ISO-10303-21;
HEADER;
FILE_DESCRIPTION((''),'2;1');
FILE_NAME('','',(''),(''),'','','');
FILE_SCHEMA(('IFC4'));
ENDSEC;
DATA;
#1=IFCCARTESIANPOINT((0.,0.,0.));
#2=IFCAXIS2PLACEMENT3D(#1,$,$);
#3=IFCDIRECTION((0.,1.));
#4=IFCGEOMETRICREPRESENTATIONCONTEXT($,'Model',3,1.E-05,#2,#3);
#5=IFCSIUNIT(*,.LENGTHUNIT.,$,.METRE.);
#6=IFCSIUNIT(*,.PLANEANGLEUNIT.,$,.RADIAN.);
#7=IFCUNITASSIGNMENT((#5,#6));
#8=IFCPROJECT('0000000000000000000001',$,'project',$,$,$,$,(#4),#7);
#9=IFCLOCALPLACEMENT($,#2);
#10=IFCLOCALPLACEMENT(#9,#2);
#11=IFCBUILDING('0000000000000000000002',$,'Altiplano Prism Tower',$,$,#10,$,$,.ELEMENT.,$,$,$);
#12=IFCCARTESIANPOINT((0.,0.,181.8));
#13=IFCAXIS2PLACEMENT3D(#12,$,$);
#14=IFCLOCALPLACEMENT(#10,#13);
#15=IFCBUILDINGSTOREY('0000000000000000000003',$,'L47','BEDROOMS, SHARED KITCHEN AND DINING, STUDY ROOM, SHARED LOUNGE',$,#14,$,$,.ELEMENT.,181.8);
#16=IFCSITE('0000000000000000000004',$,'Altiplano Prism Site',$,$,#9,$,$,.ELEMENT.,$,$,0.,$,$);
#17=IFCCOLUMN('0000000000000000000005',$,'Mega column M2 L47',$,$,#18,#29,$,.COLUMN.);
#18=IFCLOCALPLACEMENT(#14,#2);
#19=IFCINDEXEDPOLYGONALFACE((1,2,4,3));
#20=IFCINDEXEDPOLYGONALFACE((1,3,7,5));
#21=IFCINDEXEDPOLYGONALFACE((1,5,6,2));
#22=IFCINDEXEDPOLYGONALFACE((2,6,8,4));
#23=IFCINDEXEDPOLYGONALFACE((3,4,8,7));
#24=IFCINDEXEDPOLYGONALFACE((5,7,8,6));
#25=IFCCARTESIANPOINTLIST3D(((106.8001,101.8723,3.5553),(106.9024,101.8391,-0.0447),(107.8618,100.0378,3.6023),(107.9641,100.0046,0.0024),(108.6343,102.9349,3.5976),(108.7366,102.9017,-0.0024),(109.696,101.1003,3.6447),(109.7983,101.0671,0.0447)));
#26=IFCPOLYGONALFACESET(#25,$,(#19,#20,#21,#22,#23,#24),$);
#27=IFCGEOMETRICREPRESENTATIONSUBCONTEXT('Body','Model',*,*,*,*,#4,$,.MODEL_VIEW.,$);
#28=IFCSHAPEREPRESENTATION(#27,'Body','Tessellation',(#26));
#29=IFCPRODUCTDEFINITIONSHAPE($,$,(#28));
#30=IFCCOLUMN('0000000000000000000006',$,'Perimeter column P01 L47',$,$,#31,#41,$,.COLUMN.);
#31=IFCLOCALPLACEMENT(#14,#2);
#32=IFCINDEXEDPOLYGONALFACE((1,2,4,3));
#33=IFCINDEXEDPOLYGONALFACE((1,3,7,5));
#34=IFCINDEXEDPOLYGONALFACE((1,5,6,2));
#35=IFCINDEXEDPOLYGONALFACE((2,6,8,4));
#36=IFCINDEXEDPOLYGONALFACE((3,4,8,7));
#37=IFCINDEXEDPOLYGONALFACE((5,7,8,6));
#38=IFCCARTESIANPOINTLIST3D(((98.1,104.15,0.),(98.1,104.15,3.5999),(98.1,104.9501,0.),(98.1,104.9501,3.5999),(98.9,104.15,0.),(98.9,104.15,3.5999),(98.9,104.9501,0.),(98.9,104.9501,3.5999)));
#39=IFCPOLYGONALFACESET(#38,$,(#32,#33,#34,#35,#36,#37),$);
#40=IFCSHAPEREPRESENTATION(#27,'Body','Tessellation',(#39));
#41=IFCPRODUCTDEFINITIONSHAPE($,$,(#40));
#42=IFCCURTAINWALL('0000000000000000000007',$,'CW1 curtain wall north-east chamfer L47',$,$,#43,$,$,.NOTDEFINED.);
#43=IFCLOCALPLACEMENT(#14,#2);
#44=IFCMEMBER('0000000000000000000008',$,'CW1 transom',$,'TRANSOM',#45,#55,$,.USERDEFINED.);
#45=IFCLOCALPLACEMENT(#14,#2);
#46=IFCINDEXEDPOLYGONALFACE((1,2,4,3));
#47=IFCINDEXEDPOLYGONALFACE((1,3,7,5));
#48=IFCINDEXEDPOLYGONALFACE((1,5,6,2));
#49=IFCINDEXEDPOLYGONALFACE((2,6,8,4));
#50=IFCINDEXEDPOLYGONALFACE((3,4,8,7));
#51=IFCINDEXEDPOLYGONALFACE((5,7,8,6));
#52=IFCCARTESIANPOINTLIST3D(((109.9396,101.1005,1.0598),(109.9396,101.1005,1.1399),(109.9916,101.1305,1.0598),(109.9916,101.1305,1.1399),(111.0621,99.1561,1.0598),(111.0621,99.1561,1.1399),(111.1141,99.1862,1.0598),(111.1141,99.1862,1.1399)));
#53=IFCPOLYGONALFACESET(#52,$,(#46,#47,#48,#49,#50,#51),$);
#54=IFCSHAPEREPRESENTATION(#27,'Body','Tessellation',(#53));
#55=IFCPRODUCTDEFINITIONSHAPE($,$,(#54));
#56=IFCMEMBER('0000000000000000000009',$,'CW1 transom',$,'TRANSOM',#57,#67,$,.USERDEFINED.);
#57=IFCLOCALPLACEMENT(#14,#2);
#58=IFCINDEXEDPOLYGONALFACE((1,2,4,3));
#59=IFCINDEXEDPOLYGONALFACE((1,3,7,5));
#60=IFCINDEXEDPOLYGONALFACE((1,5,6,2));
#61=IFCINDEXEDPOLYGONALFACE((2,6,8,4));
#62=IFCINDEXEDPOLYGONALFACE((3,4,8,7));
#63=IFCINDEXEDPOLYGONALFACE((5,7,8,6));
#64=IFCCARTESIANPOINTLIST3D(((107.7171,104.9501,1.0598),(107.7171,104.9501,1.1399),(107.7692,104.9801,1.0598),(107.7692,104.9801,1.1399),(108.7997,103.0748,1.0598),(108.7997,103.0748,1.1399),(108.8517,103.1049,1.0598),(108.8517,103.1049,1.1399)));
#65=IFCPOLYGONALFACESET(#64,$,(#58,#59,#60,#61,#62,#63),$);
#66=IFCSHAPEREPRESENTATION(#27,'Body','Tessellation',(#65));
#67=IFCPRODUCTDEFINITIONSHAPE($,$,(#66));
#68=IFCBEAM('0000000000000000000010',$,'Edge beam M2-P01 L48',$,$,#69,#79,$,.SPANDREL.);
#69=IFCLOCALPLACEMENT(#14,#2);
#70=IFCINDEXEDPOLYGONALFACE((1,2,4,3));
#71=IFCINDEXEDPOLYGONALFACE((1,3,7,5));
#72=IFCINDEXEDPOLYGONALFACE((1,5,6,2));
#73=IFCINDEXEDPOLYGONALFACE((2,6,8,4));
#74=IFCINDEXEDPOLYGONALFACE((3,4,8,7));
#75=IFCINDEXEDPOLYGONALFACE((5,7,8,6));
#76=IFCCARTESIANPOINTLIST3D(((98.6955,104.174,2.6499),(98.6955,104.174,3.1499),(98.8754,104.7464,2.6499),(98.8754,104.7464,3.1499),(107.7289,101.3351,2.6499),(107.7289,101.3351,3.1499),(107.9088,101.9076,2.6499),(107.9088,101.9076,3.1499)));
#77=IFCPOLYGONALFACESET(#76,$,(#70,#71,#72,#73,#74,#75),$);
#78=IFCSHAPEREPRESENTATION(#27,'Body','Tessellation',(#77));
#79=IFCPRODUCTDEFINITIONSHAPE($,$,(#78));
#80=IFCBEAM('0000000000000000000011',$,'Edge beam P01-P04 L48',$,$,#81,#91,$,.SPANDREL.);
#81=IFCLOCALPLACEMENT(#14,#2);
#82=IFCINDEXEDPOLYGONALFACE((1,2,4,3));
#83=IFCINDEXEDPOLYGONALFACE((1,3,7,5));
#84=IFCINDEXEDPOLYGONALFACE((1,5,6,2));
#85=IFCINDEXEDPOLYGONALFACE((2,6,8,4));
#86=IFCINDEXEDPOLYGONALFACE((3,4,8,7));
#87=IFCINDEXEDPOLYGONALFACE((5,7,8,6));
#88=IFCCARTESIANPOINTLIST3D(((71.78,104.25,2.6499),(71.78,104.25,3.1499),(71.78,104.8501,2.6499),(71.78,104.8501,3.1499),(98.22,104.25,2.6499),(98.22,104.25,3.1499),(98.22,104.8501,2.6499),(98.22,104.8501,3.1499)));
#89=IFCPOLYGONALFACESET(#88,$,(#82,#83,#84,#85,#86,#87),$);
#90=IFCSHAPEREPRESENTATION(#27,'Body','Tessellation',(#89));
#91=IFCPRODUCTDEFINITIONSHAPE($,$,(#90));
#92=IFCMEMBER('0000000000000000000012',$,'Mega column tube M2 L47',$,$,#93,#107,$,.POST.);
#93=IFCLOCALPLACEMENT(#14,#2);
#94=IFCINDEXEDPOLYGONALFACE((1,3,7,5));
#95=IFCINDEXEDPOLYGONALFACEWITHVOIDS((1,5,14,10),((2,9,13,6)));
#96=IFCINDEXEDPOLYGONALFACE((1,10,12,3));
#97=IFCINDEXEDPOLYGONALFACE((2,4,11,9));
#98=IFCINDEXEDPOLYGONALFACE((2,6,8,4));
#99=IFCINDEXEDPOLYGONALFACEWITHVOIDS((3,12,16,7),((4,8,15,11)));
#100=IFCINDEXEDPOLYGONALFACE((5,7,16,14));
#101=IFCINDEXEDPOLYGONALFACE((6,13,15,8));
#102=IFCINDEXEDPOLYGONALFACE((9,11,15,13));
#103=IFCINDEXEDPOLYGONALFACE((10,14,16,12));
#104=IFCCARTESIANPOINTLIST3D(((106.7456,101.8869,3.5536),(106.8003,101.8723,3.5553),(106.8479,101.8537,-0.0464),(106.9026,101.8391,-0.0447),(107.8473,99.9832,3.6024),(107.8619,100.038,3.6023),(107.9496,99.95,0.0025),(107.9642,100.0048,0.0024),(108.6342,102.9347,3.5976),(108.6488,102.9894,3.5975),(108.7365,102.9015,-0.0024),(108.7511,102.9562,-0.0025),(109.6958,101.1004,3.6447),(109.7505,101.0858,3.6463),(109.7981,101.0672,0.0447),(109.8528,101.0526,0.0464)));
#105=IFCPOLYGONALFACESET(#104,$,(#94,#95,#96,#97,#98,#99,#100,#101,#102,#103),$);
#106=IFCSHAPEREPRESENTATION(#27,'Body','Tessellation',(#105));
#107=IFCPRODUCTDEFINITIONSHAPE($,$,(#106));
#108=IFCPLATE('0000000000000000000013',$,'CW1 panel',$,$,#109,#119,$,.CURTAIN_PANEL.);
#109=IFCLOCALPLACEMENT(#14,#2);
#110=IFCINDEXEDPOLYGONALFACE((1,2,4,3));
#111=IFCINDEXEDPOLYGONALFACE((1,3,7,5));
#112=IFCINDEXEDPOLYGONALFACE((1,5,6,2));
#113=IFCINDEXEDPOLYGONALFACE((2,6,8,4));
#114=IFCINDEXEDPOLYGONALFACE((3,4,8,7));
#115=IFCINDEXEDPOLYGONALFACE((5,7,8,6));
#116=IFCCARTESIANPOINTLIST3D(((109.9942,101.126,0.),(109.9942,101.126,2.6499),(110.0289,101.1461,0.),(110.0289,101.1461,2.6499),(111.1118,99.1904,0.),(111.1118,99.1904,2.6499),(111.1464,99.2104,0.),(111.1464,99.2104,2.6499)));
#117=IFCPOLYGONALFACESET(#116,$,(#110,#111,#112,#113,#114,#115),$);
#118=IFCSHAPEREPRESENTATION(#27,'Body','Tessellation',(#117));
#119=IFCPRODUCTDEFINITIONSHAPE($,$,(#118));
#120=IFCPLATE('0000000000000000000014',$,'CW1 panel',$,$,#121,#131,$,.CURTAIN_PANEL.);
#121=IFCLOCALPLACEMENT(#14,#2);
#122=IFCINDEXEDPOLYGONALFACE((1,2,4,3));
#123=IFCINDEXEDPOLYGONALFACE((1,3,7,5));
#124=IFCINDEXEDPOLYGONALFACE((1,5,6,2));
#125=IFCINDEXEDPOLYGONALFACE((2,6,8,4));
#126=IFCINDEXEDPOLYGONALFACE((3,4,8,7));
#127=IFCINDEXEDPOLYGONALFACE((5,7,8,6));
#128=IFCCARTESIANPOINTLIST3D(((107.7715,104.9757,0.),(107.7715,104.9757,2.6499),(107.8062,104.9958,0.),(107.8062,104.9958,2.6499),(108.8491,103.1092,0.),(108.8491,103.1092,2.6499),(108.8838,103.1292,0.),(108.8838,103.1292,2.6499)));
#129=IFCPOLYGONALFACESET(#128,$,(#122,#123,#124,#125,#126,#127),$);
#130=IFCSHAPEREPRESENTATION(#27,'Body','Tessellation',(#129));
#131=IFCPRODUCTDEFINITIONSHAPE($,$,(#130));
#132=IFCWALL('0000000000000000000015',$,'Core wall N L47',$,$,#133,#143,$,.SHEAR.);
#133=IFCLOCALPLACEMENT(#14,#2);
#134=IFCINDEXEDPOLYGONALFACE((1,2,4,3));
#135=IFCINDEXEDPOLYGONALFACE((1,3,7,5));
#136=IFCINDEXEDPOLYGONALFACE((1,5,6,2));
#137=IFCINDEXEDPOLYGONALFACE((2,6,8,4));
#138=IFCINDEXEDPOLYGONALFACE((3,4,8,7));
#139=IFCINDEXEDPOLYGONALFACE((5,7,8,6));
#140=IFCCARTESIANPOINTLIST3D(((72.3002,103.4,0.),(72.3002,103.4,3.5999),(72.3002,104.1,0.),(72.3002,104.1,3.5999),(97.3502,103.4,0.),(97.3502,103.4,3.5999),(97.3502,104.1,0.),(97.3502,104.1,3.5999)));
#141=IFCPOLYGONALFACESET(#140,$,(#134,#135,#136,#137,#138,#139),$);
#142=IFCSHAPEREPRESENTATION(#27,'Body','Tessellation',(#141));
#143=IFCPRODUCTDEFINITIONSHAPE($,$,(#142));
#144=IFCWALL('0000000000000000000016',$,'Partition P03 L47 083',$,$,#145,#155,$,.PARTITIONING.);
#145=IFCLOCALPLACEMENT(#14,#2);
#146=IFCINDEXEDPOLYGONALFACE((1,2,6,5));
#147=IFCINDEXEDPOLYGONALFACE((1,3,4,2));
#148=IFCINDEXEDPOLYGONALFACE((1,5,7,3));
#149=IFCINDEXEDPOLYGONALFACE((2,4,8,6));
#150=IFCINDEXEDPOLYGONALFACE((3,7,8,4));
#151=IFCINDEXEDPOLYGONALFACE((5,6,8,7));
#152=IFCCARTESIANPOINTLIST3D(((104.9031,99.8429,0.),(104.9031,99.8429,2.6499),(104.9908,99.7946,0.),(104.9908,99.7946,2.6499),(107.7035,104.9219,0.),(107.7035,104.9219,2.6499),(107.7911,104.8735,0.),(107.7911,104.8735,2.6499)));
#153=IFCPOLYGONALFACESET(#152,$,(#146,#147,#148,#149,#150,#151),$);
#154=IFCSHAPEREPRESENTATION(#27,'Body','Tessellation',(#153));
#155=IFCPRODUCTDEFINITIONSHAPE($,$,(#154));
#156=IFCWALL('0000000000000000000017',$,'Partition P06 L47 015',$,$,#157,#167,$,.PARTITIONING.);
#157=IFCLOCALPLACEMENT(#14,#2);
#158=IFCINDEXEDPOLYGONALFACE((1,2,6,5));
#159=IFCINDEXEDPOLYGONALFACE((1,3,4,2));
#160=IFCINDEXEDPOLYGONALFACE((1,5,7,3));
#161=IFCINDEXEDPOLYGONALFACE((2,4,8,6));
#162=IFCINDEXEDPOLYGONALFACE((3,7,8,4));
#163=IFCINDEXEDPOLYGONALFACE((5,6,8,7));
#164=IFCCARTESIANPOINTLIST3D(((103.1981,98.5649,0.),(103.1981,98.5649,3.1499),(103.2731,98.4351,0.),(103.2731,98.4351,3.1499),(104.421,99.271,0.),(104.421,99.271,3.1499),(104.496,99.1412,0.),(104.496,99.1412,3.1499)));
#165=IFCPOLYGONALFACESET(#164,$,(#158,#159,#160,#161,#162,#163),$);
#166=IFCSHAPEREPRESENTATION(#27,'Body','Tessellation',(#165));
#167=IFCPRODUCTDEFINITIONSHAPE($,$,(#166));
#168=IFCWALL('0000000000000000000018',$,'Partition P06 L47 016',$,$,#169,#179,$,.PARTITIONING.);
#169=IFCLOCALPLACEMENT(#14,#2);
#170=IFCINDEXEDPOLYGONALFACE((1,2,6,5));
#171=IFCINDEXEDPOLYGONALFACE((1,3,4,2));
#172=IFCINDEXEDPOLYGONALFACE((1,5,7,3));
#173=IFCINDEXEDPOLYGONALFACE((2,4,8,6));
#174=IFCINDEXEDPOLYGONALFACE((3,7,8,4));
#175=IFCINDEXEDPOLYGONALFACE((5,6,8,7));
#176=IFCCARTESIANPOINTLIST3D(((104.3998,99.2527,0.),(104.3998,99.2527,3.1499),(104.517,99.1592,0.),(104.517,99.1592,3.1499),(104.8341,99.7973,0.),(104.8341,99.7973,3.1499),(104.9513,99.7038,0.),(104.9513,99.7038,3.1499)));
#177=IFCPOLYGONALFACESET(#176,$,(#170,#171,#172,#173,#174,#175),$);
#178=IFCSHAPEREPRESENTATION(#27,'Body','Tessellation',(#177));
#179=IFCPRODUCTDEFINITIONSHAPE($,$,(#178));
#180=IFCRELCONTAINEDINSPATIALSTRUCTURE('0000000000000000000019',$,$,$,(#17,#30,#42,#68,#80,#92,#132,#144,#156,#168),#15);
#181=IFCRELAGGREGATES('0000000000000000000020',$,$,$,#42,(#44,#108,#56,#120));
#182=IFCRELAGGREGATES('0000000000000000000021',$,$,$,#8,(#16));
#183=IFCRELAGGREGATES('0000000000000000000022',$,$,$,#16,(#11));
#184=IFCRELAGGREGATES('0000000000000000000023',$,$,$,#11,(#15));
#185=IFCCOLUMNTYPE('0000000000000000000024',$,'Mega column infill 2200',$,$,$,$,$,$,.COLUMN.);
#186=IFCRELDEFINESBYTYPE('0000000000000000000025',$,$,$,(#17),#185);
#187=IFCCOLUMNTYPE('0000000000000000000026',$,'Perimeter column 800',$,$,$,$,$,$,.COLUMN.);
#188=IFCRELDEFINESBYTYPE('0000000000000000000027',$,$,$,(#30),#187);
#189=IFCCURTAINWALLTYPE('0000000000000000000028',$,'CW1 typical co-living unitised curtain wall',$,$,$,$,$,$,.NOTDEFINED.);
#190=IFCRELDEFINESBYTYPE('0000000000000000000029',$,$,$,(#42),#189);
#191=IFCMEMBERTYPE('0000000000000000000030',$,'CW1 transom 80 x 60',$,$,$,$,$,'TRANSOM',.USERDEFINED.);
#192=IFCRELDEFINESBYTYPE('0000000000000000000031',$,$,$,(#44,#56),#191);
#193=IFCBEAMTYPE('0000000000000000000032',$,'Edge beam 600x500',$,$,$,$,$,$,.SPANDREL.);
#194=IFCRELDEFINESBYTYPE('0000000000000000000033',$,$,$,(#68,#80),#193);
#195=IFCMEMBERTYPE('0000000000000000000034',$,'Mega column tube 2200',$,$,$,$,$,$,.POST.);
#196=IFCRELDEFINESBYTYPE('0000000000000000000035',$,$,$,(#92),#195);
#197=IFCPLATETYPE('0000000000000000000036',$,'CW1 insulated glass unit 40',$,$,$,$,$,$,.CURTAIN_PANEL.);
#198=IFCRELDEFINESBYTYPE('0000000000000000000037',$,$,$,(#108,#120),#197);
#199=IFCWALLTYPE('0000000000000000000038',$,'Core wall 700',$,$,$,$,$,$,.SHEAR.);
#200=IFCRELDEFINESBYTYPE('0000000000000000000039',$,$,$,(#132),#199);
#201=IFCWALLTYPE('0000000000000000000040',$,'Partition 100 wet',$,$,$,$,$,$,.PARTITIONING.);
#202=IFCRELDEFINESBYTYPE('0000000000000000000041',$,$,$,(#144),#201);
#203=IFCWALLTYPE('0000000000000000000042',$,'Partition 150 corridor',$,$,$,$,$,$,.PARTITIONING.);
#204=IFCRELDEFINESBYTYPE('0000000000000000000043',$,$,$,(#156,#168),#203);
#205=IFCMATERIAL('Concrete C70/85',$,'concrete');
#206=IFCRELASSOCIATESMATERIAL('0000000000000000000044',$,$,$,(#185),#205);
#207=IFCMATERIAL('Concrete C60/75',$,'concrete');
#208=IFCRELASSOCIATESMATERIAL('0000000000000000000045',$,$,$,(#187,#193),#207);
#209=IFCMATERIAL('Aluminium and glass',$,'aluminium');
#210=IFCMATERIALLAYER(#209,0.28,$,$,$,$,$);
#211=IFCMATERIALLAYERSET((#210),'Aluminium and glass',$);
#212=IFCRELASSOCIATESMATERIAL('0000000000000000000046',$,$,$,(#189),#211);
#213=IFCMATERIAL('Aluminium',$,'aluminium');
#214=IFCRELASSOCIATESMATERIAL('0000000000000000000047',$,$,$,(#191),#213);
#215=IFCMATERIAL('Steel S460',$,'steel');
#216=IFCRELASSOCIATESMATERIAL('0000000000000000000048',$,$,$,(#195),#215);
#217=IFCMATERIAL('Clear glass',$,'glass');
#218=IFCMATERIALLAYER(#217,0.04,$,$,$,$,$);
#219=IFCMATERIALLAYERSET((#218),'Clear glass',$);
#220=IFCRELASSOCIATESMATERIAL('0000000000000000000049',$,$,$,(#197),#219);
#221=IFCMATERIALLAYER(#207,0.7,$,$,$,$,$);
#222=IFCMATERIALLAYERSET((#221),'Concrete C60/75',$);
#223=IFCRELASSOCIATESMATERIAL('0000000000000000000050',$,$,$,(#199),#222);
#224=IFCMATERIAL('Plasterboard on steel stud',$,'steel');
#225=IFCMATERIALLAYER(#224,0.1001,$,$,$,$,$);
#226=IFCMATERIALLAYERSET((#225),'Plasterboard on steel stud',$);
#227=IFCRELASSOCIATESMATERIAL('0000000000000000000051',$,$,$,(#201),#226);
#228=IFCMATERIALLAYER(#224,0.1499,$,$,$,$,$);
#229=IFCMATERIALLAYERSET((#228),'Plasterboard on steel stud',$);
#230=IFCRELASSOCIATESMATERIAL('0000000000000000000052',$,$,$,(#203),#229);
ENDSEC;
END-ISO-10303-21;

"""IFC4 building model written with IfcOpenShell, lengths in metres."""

from ifc_helpers import new_model, si_unit, direction, frame, frame_2d, origin, origin_2d, place, context, subcontext, project, spatial, rectangle, hollow_rectangle, extrude, material, layer, layer_set, material_profile, profile_set, type_object, element, aggregate, save


model = new_model("IFC4")

# Units and contexts
model_context = context("Model", 3, precision=1e-05, world=origin(), true_north=direction((0.0, 1.0)))
body_context = subcontext(model_context, "Body", "Model", "MODEL_VIEW")
ifc_project = project(units=[si_unit("LENGTHUNIT", "METRE"), si_unit("PLANEANGLEUNIT", "RADIAN")], contexts=[model_context])

# Site, building, storey
site_placement = place(None, origin())
site = spatial("IfcSite", under=ifc_project, at=site_placement, Name="Altiplano Prism Site", CompositionType="ELEMENT", RefElevation=0.0)
building_placement = place(site_placement, origin())
building = spatial("IfcBuilding", under=site, at=building_placement, Name="Altiplano Prism Tower", CompositionType="ELEMENT")
storey_placement = place(building_placement, frame((0.0, 0.0, 181.8)))
storey = spatial("IfcBuildingStorey", under=building, at=storey_placement, Name="L47", Description="BEDROOMS, SHARED KITCHEN AND DINING, STUDY ROOM, SHARED LOUNGE", CompositionType="ELEMENT", Elevation=181.8)

# Columns
ifc_material_1 = material(Name="Concrete C70/85", Category="concrete")
ifc_material_profile_1 = material_profile(ifc_material_1, rectangle(XDim=2.1201, YDim=2.1201, at=origin_2d()), Name="Mega column infill 2200")
ifc_profile_set_1 = profile_set([ifc_material_profile_1], Name="Concrete C70/85")
column_type_1 = type_object("IfcColumnType", Name="Mega column infill 2200", PredefinedType="COLUMN", material=ifc_profile_set_1)
column_1_placement = place(storey_placement, frame((108.3503, 101.4531, 0.0), z_axis=(-0.028404, 0.009219, 0.999554), x_axis=(0.500767, -0.865297, 0.022211)))
element("IfcColumn", 1, at=column_1_placement, inside=storey, type_object=column_type_1, Name="Mega column M2 L47", PredefinedType="COLUMN", context=body_context, shape_type="SweptSolid", body=[
    extrude(rectangle(XDim=2.1201, YDim=2.1201, at=origin_2d()), origin(), (0.0, 0.0, 1.0), 3.6016),
])
ifc_material_2 = material(Name="Concrete C60/75", Category="concrete")
ifc_material_profile_2 = material_profile(ifc_material_2, rectangle(XDim=0.8, YDim=0.8, at=origin_2d()), Name="Perimeter column 800")
ifc_profile_set_2 = profile_set([ifc_material_profile_2], Name="Concrete C60/75")
column_type_2 = type_object("IfcColumnType", Name="Perimeter column 800", PredefinedType="COLUMN", material=ifc_profile_set_2)
column_2_placement = place(storey_placement, frame((98.5, 104.55, 0.0), z_axis=(0.0, 0.0, 1.0), x_axis=(1.0, 0.0, 0.0)))
element("IfcColumn", 2, at=column_2_placement, inside=storey, type_object=column_type_2, Name="Perimeter column P01 L47", PredefinedType="COLUMN", context=body_context, shape_type="SweptSolid", body=[
    extrude(rectangle(XDim=0.8, YDim=0.8, at=origin_2d()), origin(), (0.0, 0.0, 1.0), 3.5999),
])

# Curtain wall, members
ifc_material_3 = material(Name="Aluminium and glass", Category="aluminium")
ifc_layer_1 = layer(ifc_material_3, 0.28)
ifc_layer_set_1 = layer_set([ifc_layer_1], Name="Aluminium and glass")
curtain_wall_type = type_object("IfcCurtainWallType", Name="CW1 typical co-living unitised curtain wall", PredefinedType="NOTDEFINED", material=ifc_layer_set_1)
curtain_wall_placement = place(storey_placement, origin())
curtain_wall = element("IfcCurtainWall", 3, at=curtain_wall_placement, inside=storey, type_object=curtain_wall_type, Name="CW1 curtain wall north-east chamfer L47", PredefinedType="NOTDEFINED")
ifc_material_4 = material(Name="Aluminium", Category="aluminium")
ifc_material_profile_3 = material_profile(ifc_material_4, rectangle(XDim=0.0601, YDim=0.0801, at=origin_2d()), Name="CW1 transom 80 x 60")
ifc_profile_set_3 = profile_set([ifc_material_profile_3], Name="Aluminium")
member_type_1 = type_object("IfcMemberType", Name="CW1 transom 80 x 60", ElementType="TRANSOM", PredefinedType="USERDEFINED", material=ifc_profile_set_3)
member_1_placement = place(storey_placement, frame((111.0881, 99.1711, 1.0999), z_axis=(-0.499999, 0.866026, 0.0), x_axis=(-0.866026, -0.499999, 0.0)))
member_1 = element("IfcMember", 4, at=member_1_placement, type_object=member_type_1, Name="CW1 transom", ObjectType="TRANSOM", PredefinedType="USERDEFINED", context=body_context, shape_type="SweptSolid", body=[
    extrude(rectangle(XDim=0.0601, YDim=0.0801, at=origin_2d()), origin(), (0.0, 0.0, 1.0), 2.2451),
])
member_2_placement = place(storey_placement, frame((108.8257, 103.0898, 1.0999), z_axis=(-0.499947, 0.866056, 0.0), x_axis=(-0.866056, -0.499947, 0.0)))
member_2 = element("IfcMember", 5, at=member_2_placement, type_object=member_type_1, Name="CW1 transom", ObjectType="TRANSOM", PredefinedType="USERDEFINED", context=body_context, shape_type="SweptSolid", body=[
    extrude(rectangle(XDim=0.0601, YDim=0.0801, at=origin_2d()), origin(), (0.0, 0.0, 1.0), 2.1653),
])

# Beams
ifc_material_profile_4 = material_profile(ifc_material_2, rectangle(XDim=0.6001, YDim=0.5, at=origin_2d()), Name="Edge beam 600x500")
ifc_profile_set_4 = profile_set([ifc_material_profile_4], Name="Concrete C60/75")
beam_type = type_object("IfcBeamType", Name="Edge beam 600x500", PredefinedType="SPANDREL", material=ifc_profile_set_4)
beam_1_placement = place(storey_placement, frame((107.8188, 101.6213, 2.8999), z_axis=(-0.954, 0.299806, 0.0), x_axis=(-0.299806, -0.954, 0.0)))
element("IfcBeam", 6, at=beam_1_placement, inside=storey, type_object=beam_type, Name="Edge beam M2-P01 L48", PredefinedType="SPANDREL", context=body_context, shape_type="SweptSolid", body=[
    extrude(rectangle(XDim=0.6001, YDim=0.5, at=origin_2d()), origin(), (0.0, 0.0, 1.0), 9.469),
])
beam_2_placement = place(storey_placement, frame((98.22, 104.55, 2.8999), z_axis=(-1.0, 0.0, 0.0), x_axis=(0.0, -1.0, 0.0)))
element("IfcBeam", 7, at=beam_2_placement, inside=storey, type_object=beam_type, Name="Edge beam P01-P04 L48", PredefinedType="SPANDREL", context=body_context, shape_type="SweptSolid", body=[
    extrude(rectangle(XDim=0.6001, YDim=0.5, at=origin_2d()), origin(), (0.0, 0.0, 1.0), 26.4399),
])

# Member
ifc_material_5 = material(Name="Steel S460", Category="steel")
ifc_material_profile_5 = material_profile(ifc_material_5, hollow_rectangle(XDim=2.2, YDim=2.2, WallThickness=0.04, at=origin_2d()), Name="Mega column tube 2200")
ifc_profile_set_5 = profile_set([ifc_material_profile_5], Name="Steel S460")
member_type_2 = type_object("IfcMemberType", Name="Mega column tube 2200", PredefinedType="POST", material=ifc_profile_set_5)
member_3_placement = place(storey_placement, frame((108.3503, 101.4531, 0.0), z_axis=(-0.028404, 0.009219, 0.999554), x_axis=(0.500767, -0.865297, 0.022211)))
element("IfcMember", 8, at=member_3_placement, inside=storey, type_object=member_type_2, Name="Mega column tube M2 L47", PredefinedType="POST", context=body_context, shape_type="SweptSolid", body=[
    extrude(hollow_rectangle(XDim=2.2, YDim=2.2, WallThickness=0.04, at=origin_2d()), origin(), (0.0, 0.0, 1.0), 3.6016),
])

# Plates
ifc_material_6 = material(Name="Clear glass", Category="glass")
ifc_layer_2 = layer(ifc_material_6, 0.04)
ifc_layer_set_2 = layer_set([ifc_layer_2], Name="Clear glass")
plate_type = type_object("IfcPlateType", Name="CW1 insulated glass unit 40", PredefinedType="CURTAIN_PANEL", material=ifc_layer_set_2)
plate_1_placement = place(storey_placement, frame((110.5703, 100.1682, 0.0), z_axis=(0.0, 0.0, 1.0), x_axis=(-0.5, 0.866025, 0.0)))
plate_1 = element("IfcPlate", 9, at=plate_1_placement, type_object=plate_type, Name="CW1 panel", PredefinedType="CURTAIN_PANEL", context=body_context, shape_type="SweptSolid", body=[
    extrude(rectangle(XDim=2.2351, YDim=0.04, at=origin_2d()), origin(), (0.0, 0.0, 1.0), 2.6499),
])
plate_2_placement = place(storey_placement, frame((108.3276, 104.0525, 0.0), z_axis=(0.0, 0.0, 1.0), x_axis=(-0.5, 0.866025, 0.0)))
plate_2 = element("IfcPlate", 10, at=plate_2_placement, type_object=plate_type, Name="CW1 panel", PredefinedType="CURTAIN_PANEL", context=body_context, shape_type="SweptSolid", body=[
    extrude(rectangle(XDim=2.1553, YDim=0.04, at=origin_2d()), origin(), (0.0, 0.0, 1.0), 2.6499),
])
aggregate(curtain_wall, [member_1, plate_1, member_2, plate_2])

# Walls
ifc_layer_3 = layer(ifc_material_2, 0.7)
ifc_layer_set_3 = layer_set([ifc_layer_3], Name="Concrete C60/75")
wall_type_1 = type_object("IfcWallType", Name="Core wall 700", PredefinedType="SHEAR", material=ifc_layer_set_3)
wall_1_placement = place(storey_placement, frame((97.3501, 103.75, 0.0), z_axis=(0.0, 0.0, 1.0), x_axis=(-1.0, 0.0, 0.0)))
element("IfcWall", 11, at=wall_1_placement, inside=storey, type_object=wall_type_1, Name="Core wall N L47", PredefinedType="SHEAR", context=body_context, shape_type="SweptSolid", body=[
    extrude(rectangle(XDim=25.05, YDim=0.7, at=frame_2d((12.5249, 0.0))), origin(), (0.0, 0.0, 1.0), 3.5999),
])
ifc_material_7 = material(Name="Plasterboard on steel stud", Category="steel")
ifc_layer_4 = layer(ifc_material_7, 0.1001)
ifc_layer_set_4 = layer_set([ifc_layer_4], Name="Plasterboard on steel stud")
wall_type_2 = type_object("IfcWallType", Name="Partition 100 wet", PredefinedType="PARTITIONING", material=ifc_layer_set_4)
wall_2_placement = place(storey_placement, frame((107.7473, 104.8977, 0.0), z_axis=(0.0, 0.0, 1.0), x_axis=(-0.482835, -0.875711, 0.0)))
element("IfcWall", 12, at=wall_2_placement, inside=storey, type_object=wall_type_2, Name="Partition P03 L47 083", PredefinedType="PARTITIONING", context=body_context, shape_type="SweptSolid", body=[
    extrude(rectangle(XDim=5.7998, YDim=0.1001, at=frame_2d((2.8999, 0.0))), origin(), (0.0, 0.0, 1.0), 2.6499),
])
ifc_layer_5 = layer(ifc_material_7, 0.1499)
ifc_layer_set_5 = layer_set([ifc_layer_5], Name="Plasterboard on steel stud")
wall_type_3 = type_object("IfcWallType", Name="Partition 150 corridor", PredefinedType="PARTITIONING", material=ifc_layer_set_5)
wall_3_placement = place(storey_placement, frame((103.2356, 98.5, 0.0), z_axis=(0.0, 0.0, 1.0), x_axis=(0.866021, 0.500007, 0.0)))
element("IfcWall", 13, at=wall_3_placement, inside=storey, type_object=wall_type_3, Name="Partition P06 L47 015", PredefinedType="PARTITIONING", context=body_context, shape_type="SweptSolid", body=[
    extrude(rectangle(XDim=1.4121, YDim=0.1499, at=frame_2d((0.7061, 0.0))), origin(), (0.0, 0.0, 1.0), 3.1499),
])
wall_4_placement = place(storey_placement, frame((104.4585, 99.2061, 0.0), z_axis=(0.0, 0.0, 1.0), x_axis=(0.623455, 0.781859, 0.0)))
element("IfcWall", 14, at=wall_4_placement, inside=storey, type_object=wall_type_3, Name="Partition P06 L47 016", PredefinedType="PARTITIONING", context=body_context, shape_type="SweptSolid", body=[
    extrude(rectangle(XDim=0.6965, YDim=0.1499, at=frame_2d((0.3481, 0.0))), origin(), (0.0, 0.0, 1.0), 3.1499),
])

save(model, "model.ifc")
